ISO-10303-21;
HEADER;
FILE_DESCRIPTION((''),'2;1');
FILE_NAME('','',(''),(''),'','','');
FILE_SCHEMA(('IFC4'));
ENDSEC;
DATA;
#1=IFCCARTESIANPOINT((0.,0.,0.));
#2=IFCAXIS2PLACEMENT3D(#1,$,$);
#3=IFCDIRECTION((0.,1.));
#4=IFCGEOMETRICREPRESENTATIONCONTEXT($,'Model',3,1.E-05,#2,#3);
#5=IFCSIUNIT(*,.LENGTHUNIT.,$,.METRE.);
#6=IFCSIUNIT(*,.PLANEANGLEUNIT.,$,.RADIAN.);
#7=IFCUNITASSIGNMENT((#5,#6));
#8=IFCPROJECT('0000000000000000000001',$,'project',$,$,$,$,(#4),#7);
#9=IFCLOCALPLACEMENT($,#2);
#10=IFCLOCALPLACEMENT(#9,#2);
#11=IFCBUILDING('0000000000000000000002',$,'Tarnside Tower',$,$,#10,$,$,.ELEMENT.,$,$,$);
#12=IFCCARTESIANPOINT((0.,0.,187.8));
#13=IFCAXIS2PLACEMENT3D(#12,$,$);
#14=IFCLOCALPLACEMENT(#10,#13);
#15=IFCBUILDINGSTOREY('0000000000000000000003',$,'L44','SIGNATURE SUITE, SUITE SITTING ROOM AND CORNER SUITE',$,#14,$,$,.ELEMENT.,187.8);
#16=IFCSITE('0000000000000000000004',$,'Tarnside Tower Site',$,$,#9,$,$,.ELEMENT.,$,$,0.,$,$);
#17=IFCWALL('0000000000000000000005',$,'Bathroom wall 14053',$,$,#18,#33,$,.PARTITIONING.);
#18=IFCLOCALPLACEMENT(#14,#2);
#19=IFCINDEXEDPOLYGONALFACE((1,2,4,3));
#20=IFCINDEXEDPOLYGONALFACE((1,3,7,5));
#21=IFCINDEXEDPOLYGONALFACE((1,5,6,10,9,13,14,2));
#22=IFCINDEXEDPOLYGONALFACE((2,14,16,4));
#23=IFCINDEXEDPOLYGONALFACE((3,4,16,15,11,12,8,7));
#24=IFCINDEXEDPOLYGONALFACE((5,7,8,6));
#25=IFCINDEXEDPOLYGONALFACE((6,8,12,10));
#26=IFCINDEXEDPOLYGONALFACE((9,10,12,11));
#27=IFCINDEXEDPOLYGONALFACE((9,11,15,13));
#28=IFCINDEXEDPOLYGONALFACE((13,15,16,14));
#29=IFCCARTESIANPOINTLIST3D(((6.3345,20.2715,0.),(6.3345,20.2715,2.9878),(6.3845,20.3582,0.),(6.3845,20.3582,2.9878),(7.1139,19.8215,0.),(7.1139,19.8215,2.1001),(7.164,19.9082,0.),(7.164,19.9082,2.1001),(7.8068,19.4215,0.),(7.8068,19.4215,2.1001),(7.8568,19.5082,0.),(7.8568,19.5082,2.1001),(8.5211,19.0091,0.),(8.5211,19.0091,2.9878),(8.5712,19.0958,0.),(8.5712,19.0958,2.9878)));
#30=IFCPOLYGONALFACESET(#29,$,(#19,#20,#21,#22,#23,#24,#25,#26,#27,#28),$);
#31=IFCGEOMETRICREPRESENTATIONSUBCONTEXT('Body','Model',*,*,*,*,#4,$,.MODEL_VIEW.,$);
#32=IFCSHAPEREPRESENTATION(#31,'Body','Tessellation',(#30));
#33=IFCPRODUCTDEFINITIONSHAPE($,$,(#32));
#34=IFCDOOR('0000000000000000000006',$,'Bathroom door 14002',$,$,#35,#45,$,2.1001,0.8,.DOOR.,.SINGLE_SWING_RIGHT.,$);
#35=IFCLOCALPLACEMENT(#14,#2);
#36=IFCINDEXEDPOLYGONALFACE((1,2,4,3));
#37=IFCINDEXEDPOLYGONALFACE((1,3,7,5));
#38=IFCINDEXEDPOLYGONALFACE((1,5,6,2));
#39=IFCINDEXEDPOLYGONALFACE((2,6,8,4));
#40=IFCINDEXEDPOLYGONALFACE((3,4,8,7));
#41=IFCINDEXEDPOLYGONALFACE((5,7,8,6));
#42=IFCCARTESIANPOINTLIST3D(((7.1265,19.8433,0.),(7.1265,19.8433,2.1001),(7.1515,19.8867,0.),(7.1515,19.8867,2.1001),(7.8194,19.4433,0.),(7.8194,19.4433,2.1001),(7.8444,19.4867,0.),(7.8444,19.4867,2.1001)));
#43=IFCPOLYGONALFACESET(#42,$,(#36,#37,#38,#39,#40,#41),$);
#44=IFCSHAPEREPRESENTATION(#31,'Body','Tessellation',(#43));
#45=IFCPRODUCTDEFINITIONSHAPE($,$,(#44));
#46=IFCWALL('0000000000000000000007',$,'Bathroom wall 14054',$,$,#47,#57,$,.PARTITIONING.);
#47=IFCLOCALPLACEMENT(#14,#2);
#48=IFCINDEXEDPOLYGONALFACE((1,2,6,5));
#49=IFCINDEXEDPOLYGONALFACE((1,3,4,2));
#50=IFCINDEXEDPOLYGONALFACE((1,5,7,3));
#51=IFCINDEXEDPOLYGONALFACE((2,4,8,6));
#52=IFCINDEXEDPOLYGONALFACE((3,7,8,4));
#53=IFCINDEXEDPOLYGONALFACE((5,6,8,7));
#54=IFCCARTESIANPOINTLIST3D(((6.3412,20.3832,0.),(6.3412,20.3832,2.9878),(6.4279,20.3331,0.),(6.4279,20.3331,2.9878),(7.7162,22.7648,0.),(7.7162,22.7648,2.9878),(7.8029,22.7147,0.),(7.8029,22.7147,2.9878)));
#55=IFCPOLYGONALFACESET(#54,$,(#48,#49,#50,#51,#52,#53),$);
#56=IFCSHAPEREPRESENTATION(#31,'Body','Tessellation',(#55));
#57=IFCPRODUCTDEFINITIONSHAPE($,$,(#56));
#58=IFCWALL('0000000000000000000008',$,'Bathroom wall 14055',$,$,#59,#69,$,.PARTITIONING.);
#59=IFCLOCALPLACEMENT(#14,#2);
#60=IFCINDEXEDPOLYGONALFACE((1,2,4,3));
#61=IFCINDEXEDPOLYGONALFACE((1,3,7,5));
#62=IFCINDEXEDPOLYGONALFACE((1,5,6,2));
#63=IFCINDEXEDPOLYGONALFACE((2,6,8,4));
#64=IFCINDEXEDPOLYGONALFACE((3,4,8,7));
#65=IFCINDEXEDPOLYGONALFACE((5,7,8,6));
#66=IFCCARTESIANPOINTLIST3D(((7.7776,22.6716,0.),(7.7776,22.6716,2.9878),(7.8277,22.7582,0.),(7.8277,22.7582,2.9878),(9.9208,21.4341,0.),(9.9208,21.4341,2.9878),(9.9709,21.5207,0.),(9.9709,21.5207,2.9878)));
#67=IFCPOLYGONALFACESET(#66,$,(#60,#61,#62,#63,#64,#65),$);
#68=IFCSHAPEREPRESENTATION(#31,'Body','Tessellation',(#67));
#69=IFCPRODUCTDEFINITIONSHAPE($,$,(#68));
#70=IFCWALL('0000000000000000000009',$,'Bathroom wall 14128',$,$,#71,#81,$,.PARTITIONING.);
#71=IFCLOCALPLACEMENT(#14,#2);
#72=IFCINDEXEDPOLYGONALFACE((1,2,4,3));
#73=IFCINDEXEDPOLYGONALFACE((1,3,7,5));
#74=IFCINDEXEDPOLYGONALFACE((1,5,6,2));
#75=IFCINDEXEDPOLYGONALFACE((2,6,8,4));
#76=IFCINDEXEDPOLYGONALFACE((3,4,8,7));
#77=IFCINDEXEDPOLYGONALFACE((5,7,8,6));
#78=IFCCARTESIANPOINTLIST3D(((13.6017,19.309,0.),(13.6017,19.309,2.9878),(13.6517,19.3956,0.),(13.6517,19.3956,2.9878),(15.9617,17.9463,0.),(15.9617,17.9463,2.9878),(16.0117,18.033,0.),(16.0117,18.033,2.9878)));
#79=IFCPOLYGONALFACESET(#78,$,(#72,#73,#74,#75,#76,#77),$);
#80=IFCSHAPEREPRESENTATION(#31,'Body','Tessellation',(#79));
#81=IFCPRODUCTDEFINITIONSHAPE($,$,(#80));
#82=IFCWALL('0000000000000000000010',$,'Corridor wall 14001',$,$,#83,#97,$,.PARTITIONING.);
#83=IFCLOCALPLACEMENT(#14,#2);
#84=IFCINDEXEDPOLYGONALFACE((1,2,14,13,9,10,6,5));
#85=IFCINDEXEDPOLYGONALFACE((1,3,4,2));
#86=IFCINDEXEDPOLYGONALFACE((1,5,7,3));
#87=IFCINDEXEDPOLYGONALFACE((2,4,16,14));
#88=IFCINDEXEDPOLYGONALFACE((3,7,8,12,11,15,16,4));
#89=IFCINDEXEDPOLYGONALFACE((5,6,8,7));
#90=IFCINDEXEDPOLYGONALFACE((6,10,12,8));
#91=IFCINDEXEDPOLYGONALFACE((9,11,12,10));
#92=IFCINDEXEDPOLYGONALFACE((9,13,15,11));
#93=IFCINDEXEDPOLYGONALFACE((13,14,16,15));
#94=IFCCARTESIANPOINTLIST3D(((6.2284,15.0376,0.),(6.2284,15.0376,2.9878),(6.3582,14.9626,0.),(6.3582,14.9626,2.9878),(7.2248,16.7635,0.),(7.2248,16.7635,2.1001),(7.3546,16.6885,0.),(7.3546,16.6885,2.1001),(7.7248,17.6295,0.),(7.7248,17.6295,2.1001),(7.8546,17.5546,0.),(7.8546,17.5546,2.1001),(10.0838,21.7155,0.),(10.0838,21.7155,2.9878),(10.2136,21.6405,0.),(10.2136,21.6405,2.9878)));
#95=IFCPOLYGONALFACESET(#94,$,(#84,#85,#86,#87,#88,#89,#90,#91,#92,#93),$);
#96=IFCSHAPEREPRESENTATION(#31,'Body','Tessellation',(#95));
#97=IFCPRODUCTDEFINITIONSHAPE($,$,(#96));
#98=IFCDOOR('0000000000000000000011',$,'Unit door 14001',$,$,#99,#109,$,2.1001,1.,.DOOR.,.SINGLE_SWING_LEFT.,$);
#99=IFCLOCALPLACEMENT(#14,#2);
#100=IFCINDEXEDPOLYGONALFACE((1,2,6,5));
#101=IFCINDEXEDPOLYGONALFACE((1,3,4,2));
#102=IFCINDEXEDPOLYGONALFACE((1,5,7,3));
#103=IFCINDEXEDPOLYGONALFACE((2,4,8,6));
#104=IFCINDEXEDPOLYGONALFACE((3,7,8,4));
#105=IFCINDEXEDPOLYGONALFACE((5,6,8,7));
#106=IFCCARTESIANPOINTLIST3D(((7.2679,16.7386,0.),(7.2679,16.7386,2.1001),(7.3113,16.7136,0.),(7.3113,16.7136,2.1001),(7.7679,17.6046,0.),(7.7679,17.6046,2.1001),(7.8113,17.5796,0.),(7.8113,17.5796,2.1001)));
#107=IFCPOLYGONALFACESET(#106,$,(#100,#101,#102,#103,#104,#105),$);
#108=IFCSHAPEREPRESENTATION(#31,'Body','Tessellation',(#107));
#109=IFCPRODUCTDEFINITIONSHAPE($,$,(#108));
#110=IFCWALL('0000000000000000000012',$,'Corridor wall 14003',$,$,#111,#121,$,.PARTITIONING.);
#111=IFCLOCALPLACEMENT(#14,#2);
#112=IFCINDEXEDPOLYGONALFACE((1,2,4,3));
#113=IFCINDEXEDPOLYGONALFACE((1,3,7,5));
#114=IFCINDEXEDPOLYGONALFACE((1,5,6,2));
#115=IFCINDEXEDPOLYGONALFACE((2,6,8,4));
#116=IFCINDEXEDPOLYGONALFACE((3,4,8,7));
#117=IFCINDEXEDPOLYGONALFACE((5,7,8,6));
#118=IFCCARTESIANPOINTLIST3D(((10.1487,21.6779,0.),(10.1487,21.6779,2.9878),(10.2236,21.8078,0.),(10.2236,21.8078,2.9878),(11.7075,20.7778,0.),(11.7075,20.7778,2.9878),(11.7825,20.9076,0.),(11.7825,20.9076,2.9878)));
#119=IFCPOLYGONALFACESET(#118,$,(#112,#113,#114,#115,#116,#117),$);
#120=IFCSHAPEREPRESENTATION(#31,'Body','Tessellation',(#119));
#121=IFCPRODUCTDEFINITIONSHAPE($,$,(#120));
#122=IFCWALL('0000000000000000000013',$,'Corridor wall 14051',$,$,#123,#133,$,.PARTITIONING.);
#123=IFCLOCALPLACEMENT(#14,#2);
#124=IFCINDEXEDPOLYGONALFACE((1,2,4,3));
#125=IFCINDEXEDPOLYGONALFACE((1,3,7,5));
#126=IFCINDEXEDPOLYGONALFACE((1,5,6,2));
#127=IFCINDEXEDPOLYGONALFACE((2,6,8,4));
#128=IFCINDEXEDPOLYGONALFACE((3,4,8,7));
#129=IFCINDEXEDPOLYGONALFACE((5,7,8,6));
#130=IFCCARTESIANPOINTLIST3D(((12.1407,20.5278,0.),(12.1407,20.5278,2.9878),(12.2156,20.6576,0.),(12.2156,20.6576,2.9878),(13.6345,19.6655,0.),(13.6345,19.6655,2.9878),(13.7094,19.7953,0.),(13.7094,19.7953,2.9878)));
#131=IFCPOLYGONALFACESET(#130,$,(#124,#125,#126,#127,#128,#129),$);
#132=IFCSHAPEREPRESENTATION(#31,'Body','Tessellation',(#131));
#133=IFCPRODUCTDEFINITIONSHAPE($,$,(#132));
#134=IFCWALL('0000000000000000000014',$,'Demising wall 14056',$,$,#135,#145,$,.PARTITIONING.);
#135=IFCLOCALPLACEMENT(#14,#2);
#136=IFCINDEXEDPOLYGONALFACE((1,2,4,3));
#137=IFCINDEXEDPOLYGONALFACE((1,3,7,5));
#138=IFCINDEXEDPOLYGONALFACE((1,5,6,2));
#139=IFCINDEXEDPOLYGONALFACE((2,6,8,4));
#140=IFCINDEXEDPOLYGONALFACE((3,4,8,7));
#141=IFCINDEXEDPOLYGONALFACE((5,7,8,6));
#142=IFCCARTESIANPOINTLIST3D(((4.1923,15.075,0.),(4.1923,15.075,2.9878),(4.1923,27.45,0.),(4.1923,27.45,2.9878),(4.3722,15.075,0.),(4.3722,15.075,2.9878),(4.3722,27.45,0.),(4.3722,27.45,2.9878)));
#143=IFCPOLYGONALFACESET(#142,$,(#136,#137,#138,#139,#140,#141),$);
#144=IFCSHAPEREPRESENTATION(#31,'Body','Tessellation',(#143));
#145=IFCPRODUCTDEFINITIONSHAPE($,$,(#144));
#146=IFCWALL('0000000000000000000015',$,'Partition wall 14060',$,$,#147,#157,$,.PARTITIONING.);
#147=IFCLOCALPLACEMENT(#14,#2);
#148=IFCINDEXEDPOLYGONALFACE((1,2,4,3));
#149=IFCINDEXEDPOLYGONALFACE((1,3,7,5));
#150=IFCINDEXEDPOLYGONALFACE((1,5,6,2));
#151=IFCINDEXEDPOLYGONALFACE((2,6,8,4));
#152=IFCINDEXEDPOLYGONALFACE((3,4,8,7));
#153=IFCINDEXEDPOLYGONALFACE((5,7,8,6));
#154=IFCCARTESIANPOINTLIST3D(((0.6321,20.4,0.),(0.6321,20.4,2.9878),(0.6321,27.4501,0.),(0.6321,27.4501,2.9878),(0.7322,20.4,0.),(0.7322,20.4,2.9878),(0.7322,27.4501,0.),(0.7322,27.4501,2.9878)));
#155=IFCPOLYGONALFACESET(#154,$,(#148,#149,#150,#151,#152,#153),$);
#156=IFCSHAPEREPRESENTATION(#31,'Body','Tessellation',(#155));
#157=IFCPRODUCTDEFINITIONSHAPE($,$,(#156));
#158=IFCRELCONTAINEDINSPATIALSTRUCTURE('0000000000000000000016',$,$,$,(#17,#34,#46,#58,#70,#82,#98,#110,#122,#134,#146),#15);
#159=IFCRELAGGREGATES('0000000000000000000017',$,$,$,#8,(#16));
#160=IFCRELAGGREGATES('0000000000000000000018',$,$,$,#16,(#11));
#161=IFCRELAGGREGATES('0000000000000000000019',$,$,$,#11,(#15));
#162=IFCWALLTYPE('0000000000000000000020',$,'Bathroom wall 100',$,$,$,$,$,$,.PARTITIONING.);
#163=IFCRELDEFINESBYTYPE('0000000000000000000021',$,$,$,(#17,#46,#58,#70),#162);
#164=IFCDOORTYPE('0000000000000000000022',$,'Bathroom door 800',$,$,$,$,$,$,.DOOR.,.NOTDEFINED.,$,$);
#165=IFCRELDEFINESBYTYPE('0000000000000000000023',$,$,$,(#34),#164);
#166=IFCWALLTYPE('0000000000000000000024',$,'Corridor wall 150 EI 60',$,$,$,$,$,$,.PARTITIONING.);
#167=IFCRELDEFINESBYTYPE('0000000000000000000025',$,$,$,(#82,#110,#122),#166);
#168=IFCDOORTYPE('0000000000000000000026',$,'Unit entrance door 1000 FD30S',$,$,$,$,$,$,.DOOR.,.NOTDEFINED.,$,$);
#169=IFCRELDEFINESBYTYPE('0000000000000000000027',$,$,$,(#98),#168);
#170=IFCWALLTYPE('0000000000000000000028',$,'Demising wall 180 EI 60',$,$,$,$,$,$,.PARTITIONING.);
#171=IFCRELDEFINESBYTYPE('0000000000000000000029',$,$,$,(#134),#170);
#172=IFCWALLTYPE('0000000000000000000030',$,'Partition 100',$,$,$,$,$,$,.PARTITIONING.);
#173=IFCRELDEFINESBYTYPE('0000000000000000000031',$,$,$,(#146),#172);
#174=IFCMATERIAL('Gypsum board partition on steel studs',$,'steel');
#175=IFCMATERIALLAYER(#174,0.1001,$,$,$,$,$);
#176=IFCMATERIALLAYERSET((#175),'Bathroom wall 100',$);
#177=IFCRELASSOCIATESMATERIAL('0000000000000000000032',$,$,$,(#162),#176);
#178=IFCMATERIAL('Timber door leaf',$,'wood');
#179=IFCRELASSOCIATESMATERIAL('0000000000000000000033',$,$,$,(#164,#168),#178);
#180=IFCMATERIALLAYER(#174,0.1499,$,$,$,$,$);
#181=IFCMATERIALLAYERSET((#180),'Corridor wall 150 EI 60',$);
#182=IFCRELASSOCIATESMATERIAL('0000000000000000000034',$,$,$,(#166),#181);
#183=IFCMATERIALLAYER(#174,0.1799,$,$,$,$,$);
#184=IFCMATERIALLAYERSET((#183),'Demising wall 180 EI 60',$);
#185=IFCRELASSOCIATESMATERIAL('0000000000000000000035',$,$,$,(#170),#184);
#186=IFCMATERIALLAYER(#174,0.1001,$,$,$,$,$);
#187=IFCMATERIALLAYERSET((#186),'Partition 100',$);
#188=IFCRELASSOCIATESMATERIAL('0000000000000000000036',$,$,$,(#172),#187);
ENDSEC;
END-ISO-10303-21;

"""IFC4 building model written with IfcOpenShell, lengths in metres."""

from ifc_helpers import new_model, si_unit, direction, frame, frame_2d, origin, place, context, subcontext, project, spatial, rectangle, extrude, material, layer, layer_set, type_object, element, fill, save


model = new_model("IFC4")

# Units and contexts
model_context = context("Model", 3, precision=1e-05, world=origin(), true_north=direction((0.0, 1.0)))
body_context = subcontext(model_context, "Body", "Model", "MODEL_VIEW")
ifc_project = project(units=[si_unit("LENGTHUNIT", "METRE"), si_unit("PLANEANGLEUNIT", "RADIAN")], contexts=[model_context])

# Site, building, storey
site_placement = place(None, origin())
site = spatial("IfcSite", under=ifc_project, at=site_placement, Name="Tarnside Tower Site", CompositionType="ELEMENT", RefElevation=0.0)
building_placement = place(site_placement, origin())
building = spatial("IfcBuilding", under=site, at=building_placement, Name="Tarnside Tower", CompositionType="ELEMENT")
storey_placement = place(building_placement, frame((0.0, 0.0, 187.8)))
storey = spatial("IfcBuildingStorey", under=building, at=storey_placement, Name="L44", Description="SIGNATURE SUITE, SUITE SITTING ROOM AND CORNER SUITE", CompositionType="ELEMENT", Elevation=187.8)

# Wall, opening, door
ifc_material_1 = material(Name="Gypsum board partition on steel studs", Category="steel")
ifc_layer_1 = layer(ifc_material_1, 0.1001)
ifc_layer_set_1 = layer_set([ifc_layer_1], Name="Bathroom wall 100")
wall_type_1 = type_object("IfcWallType", Name="Bathroom wall 100", PredefinedType="PARTITIONING", material=ifc_layer_set_1)
wall_1_placement = place(storey_placement, frame((8.5461, 19.0525, 0.0), z_axis=(0.0, 0.0, 1.0), x_axis=(-0.866039, 0.499976, 0.0)))
wall_1 = element("IfcWall", 1, at=wall_1_placement, inside=storey, type_object=wall_type_1, Name="Bathroom wall 14053", PredefinedType="PARTITIONING", context=body_context, shape_type="SweptSolid", body=[
    extrude(rectangle(XDim=2.5249, YDim=0.1001, at=frame_2d((1.2625, 0.0))), origin(), (0.0, 0.0, 1.0), 2.9878),
])
opening_1_placement = place(wall_1_placement, frame((0.825, 0.0, 0.0)))
opening_1 = element("IfcOpeningElement", 2, at=opening_1_placement, cuts=wall_1, PredefinedType="OPENING", context=body_context, shape_type="SweptSolid", body=[
    extrude(rectangle(XDim=0.8, YDim=2.1001, at=frame_2d((0.3999, 1.05))), frame((0.0, 0.0601, 0.0), z_axis=(0.0, -1.0, 0.0), x_axis=(1.0, 0.0, 0.0)), (0.0, 0.0, 1.0), 0.1201),
])
ifc_material_2 = material(Name="Timber door leaf", Category="wood")
door_type_1 = type_object("IfcDoorType", Name="Bathroom door 800", OperationType="NOTDEFINED", PredefinedType="DOOR", material=ifc_material_2)
door_1_placement = place(opening_1_placement, origin())
door_1 = element("IfcDoor", 3, at=door_1_placement, inside=storey, type_object=door_type_1, Name="Bathroom door 14002", OperationType="SINGLE_SWING_RIGHT", OverallHeight=2.1001, OverallWidth=0.8, PredefinedType="DOOR", context=body_context, shape_type="SweptSolid", body=[
    extrude(rectangle(XDim=0.8, YDim=2.1001, at=frame_2d((0.3999, 1.05))), frame((0.0, 0.0249, 0.0), z_axis=(0.0, -1.0, 0.0), x_axis=(1.0, 0.0, 0.0)), (0.0, 0.0, 1.0), 0.05),
])
fill(opening_1, door_1)

# Walls
wall_2_placement = place(storey_placement, frame((6.3845, 20.3582, 0.0), z_axis=(0.0, 0.0, 1.0), x_axis=(0.499997, 0.866027, 0.0)))
element("IfcWall", 4, at=wall_2_placement, inside=storey, type_object=wall_type_1, Name="Bathroom wall 14054", PredefinedType="PARTITIONING", context=body_context, shape_type="SweptSolid", body=[
    extrude(rectangle(XDim=2.75, YDim=0.1001, at=frame_2d((1.375, 0.0))), origin(), (0.0, 0.0, 1.0), 2.9878),
])
wall_3_placement = place(storey_placement, frame((7.8027, 22.7148, 0.0), z_axis=(0.0, 0.0, 1.0), x_axis=(0.866007, -0.500033, 0.0)))
element("IfcWall", 5, at=wall_3_placement, inside=storey, type_object=wall_type_1, Name="Bathroom wall 14055", PredefinedType="PARTITIONING", context=body_context, shape_type="SweptSolid", body=[
    extrude(rectangle(XDim=2.4749, YDim=0.1001, at=frame_2d((1.2373, 0.0))), origin(), (0.0, 0.0, 1.0), 2.9878),
])
wall_4_placement = place(storey_placement, frame((13.6267, 19.3523, 0.0), z_axis=(0.0, 0.0, 1.0), x_axis=(0.866013, -0.500022, 0.0)))
element("IfcWall", 6, at=wall_4_placement, inside=storey, type_object=wall_type_1, Name="Bathroom wall 14128", PredefinedType="PARTITIONING", context=body_context, shape_type="SweptSolid", body=[
    extrude(rectangle(XDim=2.7251, YDim=0.1001, at=frame_2d((1.3625, 0.0))), origin(), (0.0, 0.0, 1.0), 2.9878),
])

# Wall, opening, door
ifc_layer_2 = layer(ifc_material_1, 0.1499)
ifc_layer_set_2 = layer_set([ifc_layer_2], Name="Corridor wall 150 EI 60")
wall_type_2 = type_object("IfcWallType", Name="Corridor wall 150 EI 60", PredefinedType="PARTITIONING", material=ifc_layer_set_2)
wall_5_placement = place(storey_placement, frame((10.1487, 21.678, 0.0), z_axis=(0.0, 0.0, 1.0), x_axis=(-0.499994, -0.866029, 0.0)))
wall_5 = element("IfcWall", 7, at=wall_5_placement, inside=storey, type_object=wall_type_2, Name="Corridor wall 14001", PredefinedType="PARTITIONING", context=body_context, shape_type="SweptSolid", body=[
    extrude(rectangle(XDim=7.7109, YDim=0.1499, at=frame_2d((3.8555, 0.0))), origin(), (0.0, 0.0, 1.0), 2.9878),
])
opening_2_placement = place(wall_5_placement, frame((4.718, 0.0, 0.0)))
opening_2 = element("IfcOpeningElement", 8, at=opening_2_placement, cuts=wall_5, PredefinedType="OPENING", context=body_context, shape_type="SweptSolid", body=[
    extrude(rectangle(XDim=1.0, YDim=2.1001, at=frame_2d((0.5, 1.05))), frame((0.0, 0.085, 0.0), z_axis=(0.0, -1.0, 0.0), x_axis=(1.0, 0.0, 0.0)), (0.0, 0.0, 1.0), 0.1699),
])
door_type_2 = type_object("IfcDoorType", Name="Unit entrance door 1000 FD30S", OperationType="NOTDEFINED", PredefinedType="DOOR", material=ifc_material_2)
door_2_placement = place(opening_2_placement, origin())
door_2 = element("IfcDoor", 9, at=door_2_placement, inside=storey, type_object=door_type_2, Name="Unit door 14001", OperationType="SINGLE_SWING_LEFT", OverallHeight=2.1001, OverallWidth=1.0, PredefinedType="DOOR", context=body_context, shape_type="SweptSolid", body=[
    extrude(rectangle(XDim=1.0, YDim=2.1001, at=frame_2d((0.5, 1.05))), frame((0.0, 0.0249, 0.0), z_axis=(0.0, -1.0, 0.0), x_axis=(1.0, 0.0, 0.0)), (0.0, 0.0, 1.0), 0.05),
])
fill(opening_2, door_2)

# Walls
wall_6_placement = place(storey_placement, frame((11.7449, 20.8428, 0.0), z_axis=(0.0, 0.0, 1.0), x_axis=(-0.865989, 0.500063, 0.0)))
element("IfcWall", 10, at=wall_6_placement, inside=storey, type_object=wall_type_2, Name="Corridor wall 14003", PredefinedType="PARTITIONING", context=body_context, shape_type="SweptSolid", body=[
    extrude(rectangle(XDim=1.8, YDim=0.1499, at=frame_2d((0.8999, 0.0))), origin(), (0.0, 0.0, 1.0), 2.9878),
])
wall_7_placement = place(storey_placement, frame((13.6719, 19.7305, 0.0), z_axis=(0.0, 0.0, 1.0), x_axis=(-0.866075, 0.499914, 0.0)))
element("IfcWall", 11, at=wall_7_placement, inside=storey, type_object=wall_type_2, Name="Corridor wall 14051", PredefinedType="PARTITIONING", context=body_context, shape_type="SweptSolid", body=[
    extrude(rectangle(XDim=1.7249, YDim=0.1499, at=frame_2d((0.8623, 0.0))), origin(), (0.0, 0.0, 1.0), 2.9878),
])
ifc_layer_3 = layer(ifc_material_1, 0.1799)
ifc_layer_set_3 = layer_set([ifc_layer_3], Name="Demising wall 180 EI 60")
wall_type_3 = type_object("IfcWallType", Name="Demising wall 180 EI 60", PredefinedType="PARTITIONING", material=ifc_layer_set_3)
wall_8_placement = place(storey_placement, frame((4.2822, 27.45, 0.0), z_axis=(0.0, 0.0, 1.0), x_axis=(0.0, -1.0, 0.0)))
element("IfcWall", 12, at=wall_8_placement, inside=storey, type_object=wall_type_3, Name="Demising wall 14056", PredefinedType="PARTITIONING", context=body_context, shape_type="SweptSolid", body=[
    extrude(rectangle(XDim=12.375, YDim=0.1799, at=frame_2d((6.1875, 0.0))), origin(), (0.0, 0.0, 1.0), 2.9878),
])
ifc_layer_4 = layer(ifc_material_1, 0.1001)
ifc_layer_set_4 = layer_set([ifc_layer_4], Name="Partition 100")
wall_type_4 = type_object("IfcWallType", Name="Partition 100", PredefinedType="PARTITIONING", material=ifc_layer_set_4)
wall_9_placement = place(storey_placement, frame((0.6821, 27.45, 0.0), z_axis=(0.0, 0.0, 1.0), x_axis=(0.0, -1.0, 0.0)))
element("IfcWall", 13, at=wall_9_placement, inside=storey, type_object=wall_type_4, Name="Partition wall 14060", PredefinedType="PARTITIONING", context=body_context, shape_type="SweptSolid", body=[
    extrude(rectangle(XDim=7.05, YDim=0.1001, at=frame_2d((3.5249, 0.0))), origin(), (0.0, 0.0, 1.0), 2.9878),
])

save(model, "model.ifc")
